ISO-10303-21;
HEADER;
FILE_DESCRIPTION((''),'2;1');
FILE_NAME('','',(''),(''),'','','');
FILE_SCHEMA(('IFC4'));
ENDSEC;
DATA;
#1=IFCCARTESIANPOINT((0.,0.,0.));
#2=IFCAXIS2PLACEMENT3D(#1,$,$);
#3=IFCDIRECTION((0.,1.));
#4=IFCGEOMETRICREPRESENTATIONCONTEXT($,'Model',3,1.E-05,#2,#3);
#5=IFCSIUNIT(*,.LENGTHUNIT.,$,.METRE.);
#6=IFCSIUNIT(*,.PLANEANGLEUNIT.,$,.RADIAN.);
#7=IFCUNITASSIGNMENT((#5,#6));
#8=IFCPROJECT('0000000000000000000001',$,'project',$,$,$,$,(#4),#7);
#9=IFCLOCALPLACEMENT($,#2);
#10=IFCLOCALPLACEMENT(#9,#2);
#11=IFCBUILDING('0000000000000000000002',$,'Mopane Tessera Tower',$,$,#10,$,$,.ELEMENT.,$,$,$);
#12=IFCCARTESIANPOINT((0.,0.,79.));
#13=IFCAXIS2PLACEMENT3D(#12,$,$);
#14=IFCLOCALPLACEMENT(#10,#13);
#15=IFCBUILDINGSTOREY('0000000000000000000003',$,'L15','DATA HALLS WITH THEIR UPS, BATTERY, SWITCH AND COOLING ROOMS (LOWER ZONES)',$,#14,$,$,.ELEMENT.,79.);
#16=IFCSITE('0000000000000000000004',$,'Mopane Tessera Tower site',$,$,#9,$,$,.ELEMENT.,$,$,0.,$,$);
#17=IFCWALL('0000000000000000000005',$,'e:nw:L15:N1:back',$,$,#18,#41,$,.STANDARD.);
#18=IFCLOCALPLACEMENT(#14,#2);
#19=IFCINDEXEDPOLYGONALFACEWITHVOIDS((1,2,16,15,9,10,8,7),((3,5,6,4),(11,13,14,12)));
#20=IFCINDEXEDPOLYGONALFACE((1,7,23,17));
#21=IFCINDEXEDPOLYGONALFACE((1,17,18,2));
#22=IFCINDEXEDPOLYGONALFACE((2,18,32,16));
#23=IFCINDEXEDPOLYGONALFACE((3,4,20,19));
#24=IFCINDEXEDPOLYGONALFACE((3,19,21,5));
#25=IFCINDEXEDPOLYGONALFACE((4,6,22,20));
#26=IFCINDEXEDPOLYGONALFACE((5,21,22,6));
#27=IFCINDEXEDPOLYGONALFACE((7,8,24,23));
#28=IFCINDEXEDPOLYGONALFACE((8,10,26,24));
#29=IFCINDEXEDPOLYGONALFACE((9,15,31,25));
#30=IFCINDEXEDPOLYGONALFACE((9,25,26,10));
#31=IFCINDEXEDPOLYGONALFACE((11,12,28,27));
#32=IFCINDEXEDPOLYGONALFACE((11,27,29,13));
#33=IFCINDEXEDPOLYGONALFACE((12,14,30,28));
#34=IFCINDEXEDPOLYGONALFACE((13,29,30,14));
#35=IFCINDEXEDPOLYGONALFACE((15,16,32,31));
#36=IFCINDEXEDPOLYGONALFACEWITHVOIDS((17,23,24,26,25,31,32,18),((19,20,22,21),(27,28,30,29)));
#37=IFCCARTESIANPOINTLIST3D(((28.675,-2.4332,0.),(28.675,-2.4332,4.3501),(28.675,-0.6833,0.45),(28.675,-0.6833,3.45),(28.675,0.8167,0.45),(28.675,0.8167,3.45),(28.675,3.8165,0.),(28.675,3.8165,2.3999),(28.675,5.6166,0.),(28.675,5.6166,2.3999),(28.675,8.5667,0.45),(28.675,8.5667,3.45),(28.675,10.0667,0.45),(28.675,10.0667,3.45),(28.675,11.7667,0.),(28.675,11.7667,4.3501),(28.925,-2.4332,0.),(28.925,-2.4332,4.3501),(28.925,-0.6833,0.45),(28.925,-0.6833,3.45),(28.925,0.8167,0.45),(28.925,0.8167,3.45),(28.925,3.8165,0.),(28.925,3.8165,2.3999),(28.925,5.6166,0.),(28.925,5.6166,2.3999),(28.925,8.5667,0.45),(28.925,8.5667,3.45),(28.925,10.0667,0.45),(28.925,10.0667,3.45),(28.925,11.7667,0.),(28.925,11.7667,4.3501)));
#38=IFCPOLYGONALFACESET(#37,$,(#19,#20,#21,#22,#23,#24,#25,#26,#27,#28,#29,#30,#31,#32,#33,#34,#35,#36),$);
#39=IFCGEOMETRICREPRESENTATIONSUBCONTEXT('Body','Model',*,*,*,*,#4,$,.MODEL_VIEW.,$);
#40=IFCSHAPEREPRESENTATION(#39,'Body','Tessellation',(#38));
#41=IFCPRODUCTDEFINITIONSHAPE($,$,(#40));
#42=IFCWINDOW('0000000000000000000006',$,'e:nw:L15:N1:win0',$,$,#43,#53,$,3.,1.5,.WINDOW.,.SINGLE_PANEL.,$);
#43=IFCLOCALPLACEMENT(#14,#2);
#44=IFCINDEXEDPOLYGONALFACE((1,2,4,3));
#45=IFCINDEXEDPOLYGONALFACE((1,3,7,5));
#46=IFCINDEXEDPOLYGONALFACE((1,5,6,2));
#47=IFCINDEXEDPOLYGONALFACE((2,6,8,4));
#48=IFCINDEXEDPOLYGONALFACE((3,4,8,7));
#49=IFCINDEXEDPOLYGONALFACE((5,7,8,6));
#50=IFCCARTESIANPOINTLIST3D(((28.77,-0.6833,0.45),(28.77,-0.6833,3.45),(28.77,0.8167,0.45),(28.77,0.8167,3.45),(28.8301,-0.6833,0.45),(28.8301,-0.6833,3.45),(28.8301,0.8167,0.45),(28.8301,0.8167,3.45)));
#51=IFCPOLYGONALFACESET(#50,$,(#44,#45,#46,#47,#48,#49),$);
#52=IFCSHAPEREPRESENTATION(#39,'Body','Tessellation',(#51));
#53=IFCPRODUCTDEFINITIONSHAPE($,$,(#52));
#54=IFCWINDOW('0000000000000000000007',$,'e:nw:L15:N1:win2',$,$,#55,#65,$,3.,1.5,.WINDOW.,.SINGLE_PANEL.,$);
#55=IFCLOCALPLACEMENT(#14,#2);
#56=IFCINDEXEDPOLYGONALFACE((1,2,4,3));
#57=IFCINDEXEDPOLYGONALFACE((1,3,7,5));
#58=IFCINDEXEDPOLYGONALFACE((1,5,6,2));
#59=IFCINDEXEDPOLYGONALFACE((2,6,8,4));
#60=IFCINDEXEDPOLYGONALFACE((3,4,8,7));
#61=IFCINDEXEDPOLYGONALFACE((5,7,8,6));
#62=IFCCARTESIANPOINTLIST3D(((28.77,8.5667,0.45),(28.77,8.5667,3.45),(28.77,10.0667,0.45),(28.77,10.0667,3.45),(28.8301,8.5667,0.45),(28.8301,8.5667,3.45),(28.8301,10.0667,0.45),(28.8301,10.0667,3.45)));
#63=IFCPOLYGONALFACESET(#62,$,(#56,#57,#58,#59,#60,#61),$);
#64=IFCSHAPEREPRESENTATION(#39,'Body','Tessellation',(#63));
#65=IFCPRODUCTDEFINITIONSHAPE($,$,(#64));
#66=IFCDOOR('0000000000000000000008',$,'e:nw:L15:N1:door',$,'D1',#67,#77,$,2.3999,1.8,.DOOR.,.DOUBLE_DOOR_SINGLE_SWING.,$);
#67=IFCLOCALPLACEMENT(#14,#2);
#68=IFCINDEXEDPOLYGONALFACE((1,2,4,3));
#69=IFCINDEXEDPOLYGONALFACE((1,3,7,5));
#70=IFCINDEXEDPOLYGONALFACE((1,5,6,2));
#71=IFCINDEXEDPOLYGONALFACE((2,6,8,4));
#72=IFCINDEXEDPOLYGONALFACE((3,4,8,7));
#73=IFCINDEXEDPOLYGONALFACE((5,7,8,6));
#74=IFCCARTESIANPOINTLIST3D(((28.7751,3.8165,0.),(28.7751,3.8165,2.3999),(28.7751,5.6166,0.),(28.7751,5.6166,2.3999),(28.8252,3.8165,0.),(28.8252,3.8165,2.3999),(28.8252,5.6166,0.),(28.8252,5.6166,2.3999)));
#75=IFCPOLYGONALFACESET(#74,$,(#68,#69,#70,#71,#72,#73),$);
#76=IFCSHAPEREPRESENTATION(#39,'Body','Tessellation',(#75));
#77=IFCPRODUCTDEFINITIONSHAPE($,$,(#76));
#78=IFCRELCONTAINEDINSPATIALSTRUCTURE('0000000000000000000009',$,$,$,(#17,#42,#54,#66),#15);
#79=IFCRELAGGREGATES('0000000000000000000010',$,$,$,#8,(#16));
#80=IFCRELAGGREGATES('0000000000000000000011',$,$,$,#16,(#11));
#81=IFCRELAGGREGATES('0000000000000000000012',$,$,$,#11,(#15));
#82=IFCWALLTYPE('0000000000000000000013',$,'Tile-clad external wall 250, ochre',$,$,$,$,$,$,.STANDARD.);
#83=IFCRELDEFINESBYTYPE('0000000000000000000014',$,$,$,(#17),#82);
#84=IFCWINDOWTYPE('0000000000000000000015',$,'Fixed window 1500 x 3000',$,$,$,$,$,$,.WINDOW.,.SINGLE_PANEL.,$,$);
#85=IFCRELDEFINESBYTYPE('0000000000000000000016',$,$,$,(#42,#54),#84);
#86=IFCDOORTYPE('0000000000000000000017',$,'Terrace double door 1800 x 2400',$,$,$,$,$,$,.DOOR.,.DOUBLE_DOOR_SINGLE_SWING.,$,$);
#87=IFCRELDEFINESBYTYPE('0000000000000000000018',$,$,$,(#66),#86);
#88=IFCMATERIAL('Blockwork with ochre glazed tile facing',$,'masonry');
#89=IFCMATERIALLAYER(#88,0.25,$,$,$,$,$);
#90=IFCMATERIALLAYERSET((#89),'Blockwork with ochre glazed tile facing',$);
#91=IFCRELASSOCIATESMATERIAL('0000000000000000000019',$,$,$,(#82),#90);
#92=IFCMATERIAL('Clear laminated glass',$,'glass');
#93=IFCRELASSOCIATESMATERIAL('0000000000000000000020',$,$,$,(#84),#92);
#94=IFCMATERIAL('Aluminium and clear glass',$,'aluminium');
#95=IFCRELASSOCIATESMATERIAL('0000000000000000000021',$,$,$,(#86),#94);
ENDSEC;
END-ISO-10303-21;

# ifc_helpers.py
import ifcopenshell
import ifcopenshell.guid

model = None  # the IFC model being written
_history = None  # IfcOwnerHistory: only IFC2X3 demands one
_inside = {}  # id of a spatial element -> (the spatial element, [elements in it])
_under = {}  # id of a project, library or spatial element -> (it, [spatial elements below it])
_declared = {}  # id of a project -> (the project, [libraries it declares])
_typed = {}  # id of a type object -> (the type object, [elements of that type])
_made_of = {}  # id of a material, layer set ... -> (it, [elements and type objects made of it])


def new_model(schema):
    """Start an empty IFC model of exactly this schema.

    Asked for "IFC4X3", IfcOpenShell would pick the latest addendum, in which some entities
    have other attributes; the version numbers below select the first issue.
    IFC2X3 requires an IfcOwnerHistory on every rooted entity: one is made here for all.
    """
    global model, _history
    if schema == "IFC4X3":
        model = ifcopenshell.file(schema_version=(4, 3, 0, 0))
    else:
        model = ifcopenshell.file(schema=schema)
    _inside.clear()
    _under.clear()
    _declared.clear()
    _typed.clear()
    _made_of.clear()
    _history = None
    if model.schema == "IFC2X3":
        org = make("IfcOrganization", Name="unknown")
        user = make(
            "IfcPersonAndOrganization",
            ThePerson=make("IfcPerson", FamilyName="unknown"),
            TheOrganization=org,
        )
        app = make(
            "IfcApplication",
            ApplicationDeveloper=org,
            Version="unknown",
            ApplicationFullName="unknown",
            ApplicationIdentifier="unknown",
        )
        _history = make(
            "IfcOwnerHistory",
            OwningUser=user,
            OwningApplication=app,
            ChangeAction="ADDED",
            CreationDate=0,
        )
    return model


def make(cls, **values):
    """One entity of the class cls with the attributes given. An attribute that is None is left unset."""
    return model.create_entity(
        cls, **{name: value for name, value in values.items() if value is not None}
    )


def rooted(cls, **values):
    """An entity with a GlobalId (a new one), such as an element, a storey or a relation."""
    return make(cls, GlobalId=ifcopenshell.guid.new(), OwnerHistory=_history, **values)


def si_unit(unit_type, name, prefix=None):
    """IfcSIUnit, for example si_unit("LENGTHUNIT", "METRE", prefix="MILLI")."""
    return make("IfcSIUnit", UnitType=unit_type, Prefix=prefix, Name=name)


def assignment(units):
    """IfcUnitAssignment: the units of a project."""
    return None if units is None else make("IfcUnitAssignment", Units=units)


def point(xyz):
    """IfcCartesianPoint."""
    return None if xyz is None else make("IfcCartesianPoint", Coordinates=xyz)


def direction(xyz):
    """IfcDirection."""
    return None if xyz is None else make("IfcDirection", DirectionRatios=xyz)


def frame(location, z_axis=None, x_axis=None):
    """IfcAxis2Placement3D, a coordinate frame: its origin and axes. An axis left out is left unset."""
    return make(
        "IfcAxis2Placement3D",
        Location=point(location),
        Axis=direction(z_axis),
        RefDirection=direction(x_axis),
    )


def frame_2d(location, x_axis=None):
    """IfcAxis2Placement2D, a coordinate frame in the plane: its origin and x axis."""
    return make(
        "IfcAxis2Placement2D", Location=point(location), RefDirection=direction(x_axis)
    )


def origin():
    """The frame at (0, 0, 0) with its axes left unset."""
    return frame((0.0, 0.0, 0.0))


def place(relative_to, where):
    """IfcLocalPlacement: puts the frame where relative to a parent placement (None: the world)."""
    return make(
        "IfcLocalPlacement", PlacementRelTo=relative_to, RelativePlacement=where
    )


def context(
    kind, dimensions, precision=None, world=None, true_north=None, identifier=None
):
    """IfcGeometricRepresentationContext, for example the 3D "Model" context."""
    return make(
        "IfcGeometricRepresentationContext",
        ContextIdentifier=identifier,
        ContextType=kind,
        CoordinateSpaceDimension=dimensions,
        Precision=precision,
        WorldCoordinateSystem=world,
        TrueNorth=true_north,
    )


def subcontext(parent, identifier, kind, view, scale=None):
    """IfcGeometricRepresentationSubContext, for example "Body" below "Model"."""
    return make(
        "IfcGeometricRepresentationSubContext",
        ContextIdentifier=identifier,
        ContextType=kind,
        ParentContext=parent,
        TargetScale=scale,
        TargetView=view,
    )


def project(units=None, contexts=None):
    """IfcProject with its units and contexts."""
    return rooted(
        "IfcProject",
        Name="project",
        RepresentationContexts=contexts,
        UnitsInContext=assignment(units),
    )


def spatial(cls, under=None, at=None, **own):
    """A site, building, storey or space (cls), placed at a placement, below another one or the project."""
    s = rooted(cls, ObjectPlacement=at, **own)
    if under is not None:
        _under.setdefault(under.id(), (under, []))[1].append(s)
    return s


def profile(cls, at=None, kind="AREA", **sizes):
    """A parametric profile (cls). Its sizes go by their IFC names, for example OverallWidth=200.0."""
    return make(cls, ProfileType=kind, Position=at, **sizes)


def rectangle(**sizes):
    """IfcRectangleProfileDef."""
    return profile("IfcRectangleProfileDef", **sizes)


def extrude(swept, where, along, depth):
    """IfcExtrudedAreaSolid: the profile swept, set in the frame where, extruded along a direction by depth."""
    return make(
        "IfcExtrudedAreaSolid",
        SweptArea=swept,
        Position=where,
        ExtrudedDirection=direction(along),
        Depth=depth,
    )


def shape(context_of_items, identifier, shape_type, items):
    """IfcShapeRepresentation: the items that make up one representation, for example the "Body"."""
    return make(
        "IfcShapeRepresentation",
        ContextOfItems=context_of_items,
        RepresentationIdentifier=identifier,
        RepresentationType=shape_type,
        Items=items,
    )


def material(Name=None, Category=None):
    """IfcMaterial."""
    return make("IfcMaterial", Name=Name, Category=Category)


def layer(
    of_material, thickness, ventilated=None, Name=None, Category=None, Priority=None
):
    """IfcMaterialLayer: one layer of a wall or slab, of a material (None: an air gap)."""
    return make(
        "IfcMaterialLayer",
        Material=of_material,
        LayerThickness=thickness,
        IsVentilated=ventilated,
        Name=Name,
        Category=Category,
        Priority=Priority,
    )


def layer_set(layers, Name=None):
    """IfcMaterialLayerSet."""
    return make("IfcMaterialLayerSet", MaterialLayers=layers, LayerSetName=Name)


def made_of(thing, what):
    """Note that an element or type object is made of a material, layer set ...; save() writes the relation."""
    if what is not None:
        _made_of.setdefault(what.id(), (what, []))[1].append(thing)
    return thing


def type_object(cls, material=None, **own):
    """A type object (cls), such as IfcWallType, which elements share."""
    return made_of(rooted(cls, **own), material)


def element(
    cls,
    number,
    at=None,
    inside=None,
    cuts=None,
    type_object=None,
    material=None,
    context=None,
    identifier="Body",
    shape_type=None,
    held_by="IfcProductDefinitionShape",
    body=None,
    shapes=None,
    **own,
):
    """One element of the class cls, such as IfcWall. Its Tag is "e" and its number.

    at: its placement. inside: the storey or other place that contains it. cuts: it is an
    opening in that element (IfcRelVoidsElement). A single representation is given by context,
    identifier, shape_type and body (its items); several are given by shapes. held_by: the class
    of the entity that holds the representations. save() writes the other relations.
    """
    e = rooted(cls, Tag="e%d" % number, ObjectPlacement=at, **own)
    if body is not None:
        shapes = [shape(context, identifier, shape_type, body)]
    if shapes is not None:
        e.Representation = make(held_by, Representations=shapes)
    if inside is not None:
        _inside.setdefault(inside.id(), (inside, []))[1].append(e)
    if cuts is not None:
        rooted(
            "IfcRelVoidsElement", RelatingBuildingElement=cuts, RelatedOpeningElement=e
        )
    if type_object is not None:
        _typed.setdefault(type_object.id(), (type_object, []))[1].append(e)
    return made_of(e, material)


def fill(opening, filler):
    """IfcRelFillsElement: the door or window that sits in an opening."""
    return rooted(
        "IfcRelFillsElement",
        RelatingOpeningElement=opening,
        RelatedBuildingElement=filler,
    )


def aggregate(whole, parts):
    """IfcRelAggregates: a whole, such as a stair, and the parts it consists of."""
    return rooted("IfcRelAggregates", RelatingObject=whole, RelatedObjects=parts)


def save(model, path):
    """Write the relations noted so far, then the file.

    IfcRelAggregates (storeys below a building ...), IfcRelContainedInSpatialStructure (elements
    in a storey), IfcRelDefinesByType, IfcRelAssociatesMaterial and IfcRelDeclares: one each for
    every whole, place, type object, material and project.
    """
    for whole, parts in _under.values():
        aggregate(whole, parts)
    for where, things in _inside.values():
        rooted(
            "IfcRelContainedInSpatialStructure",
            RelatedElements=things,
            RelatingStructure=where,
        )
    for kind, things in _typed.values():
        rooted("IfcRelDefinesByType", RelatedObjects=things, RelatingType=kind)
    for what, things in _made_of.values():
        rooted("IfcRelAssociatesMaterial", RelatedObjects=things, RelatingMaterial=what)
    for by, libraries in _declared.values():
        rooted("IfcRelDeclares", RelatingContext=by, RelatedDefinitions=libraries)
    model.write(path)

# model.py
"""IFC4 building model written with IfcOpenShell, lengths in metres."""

from ifc_helpers import new_model, si_unit, direction, frame, frame_2d, origin, place, context, subcontext, project, spatial, rectangle, extrude, material, layer, layer_set, type_object, element, fill, save


model = new_model("IFC4")

# Units and contexts
model_context = context("Model", 3, precision=1e-05, world=origin(), true_north=direction((0.0, 1.0)))
body_context = subcontext(model_context, "Body", "Model", "MODEL_VIEW")
ifc_project = project(units=[si_unit("LENGTHUNIT", "METRE"), si_unit("PLANEANGLEUNIT", "RADIAN")], contexts=[model_context])

# Site, building, storey
site_placement = place(None, origin())
site = spatial("IfcSite", under=ifc_project, at=site_placement, Name="Mopane Tessera Tower site", CompositionType="ELEMENT", RefElevation=0.0)
building_placement = place(site_placement, origin())
building = spatial("IfcBuilding", under=site, at=building_placement, Name="Mopane Tessera Tower", CompositionType="ELEMENT")
storey_placement = place(building_placement, frame((0.0, 0.0, 79.0)))
storey = spatial("IfcBuildingStorey", under=building, at=storey_placement, Name="L15", Description="DATA HALLS WITH THEIR UPS, BATTERY, SWITCH AND COOLING ROOMS (LOWER ZONES)", CompositionType="ELEMENT", Elevation=79.0)

# Wall, openings, windows, door
ifc_material_1 = material(Name="Blockwork with ochre glazed tile facing", Category="masonry")
ifc_layer_1 = layer(ifc_material_1, 0.25)
ifc_layer_set_1 = layer_set([ifc_layer_1], Name="Blockwork with ochre glazed tile facing")
wall_type_1 = type_object("IfcWallType", Name="Tile-clad external wall 250, ochre", PredefinedType="STANDARD", material=ifc_layer_set_1)
wall_1_placement = place(storey_placement, frame((28.8, -2.4333, 0.0), z_axis=(0.0, 0.0, 1.0), x_axis=(0.0, 1.0, 0.0)))
wall_1 = element("IfcWall", 1, at=wall_1_placement, inside=storey, type_object=wall_type_1, Name="e:nw:L15:N1:back", PredefinedType="STANDARD", context=body_context, shape_type="SweptSolid", body=[
    extrude(rectangle(XDim=14.2, YDim=0.25, at=frame_2d((7.1001, 0.0))), origin(), (0.0, 0.0, 1.0), 4.3501),
])
opening_1_placement = place(wall_1_placement, frame((1.75, 0.0, 0.45)))
opening_1 = element("IfcOpeningElement", 2, at=opening_1_placement, cuts=wall_1, PredefinedType="OPENING", context=body_context, shape_type="SweptSolid", body=[
    extrude(rectangle(XDim=1.5, YDim=3.0, at=frame_2d((0.75, 1.5))), frame((0.0, 0.137, 0.0), z_axis=(0.0, -1.0, 0.0), x_axis=(1.0, 0.0, 0.0)), (0.0, 0.0, 1.0), 0.2739),
])
opening_2_placement = place(wall_1_placement, frame((6.25, 0.0, 0.0)))
opening_2 = element("IfcOpeningElement", 3, at=opening_2_placement, cuts=wall_1, PredefinedType="OPENING", context=body_context, shape_type="SweptSolid", body=[
    extrude(rectangle(XDim=1.8, YDim=2.3999, at=frame_2d((0.8999, 1.2))), frame((0.0, 0.137, 0.0), z_axis=(0.0, -1.0, 0.0), x_axis=(1.0, 0.0, 0.0)), (0.0, 0.0, 1.0), 0.2739),
])
opening_3_placement = place(wall_1_placement, frame((11.0, 0.0, 0.45)))
opening_3 = element("IfcOpeningElement", 4, at=opening_3_placement, cuts=wall_1, PredefinedType="OPENING", context=body_context, shape_type="SweptSolid", body=[
    extrude(rectangle(XDim=1.5, YDim=3.0, at=frame_2d((0.75, 1.5))), frame((0.0, 0.137, 0.0), z_axis=(0.0, -1.0, 0.0), x_axis=(1.0, 0.0, 0.0)), (0.0, 0.0, 1.0), 0.2739),
])
ifc_material_2 = material(Name="Clear laminated glass", Category="glass")
window_type = type_object("IfcWindowType", Name="Fixed window 1500 x 3000", PartitioningType="SINGLE_PANEL", PredefinedType="WINDOW", material=ifc_material_2)
window_1_placement = place(opening_1_placement, origin())
window_1 = element("IfcWindow", 5, at=window_1_placement, inside=storey, type_object=window_type, Name="e:nw:L15:N1:win0", OverallHeight=3.0, OverallWidth=1.5, PartitioningType="SINGLE_PANEL", PredefinedType="WINDOW", context=body_context, shape_type="SweptSolid", body=[
    extrude(rectangle(XDim=1.5, YDim=3.0, at=frame_2d((0.75, 1.5))), frame((0.0, 0.03, 0.0), z_axis=(0.0, -1.0, 0.0), x_axis=(1.0, 0.0, 0.0)), (0.0, 0.0, 1.0), 0.0601),
])
fill(opening_1, window_1)
window_2_placement = place(opening_3_placement, origin())
window_2 = element("IfcWindow", 6, at=window_2_placement, inside=storey, type_object=window_type, Name="e:nw:L15:N1:win2", OverallHeight=3.0, OverallWidth=1.5, PartitioningType="SINGLE_PANEL", PredefinedType="WINDOW", context=body_context, shape_type="SweptSolid", body=[
    extrude(rectangle(XDim=1.5, YDim=3.0, at=frame_2d((0.75, 1.5))), frame((0.0, 0.03, 0.0), z_axis=(0.0, -1.0, 0.0), x_axis=(1.0, 0.0, 0.0)), (0.0, 0.0, 1.0), 0.0601),
])
fill(opening_3, window_2)
ifc_material_3 = material(Name="Aluminium and clear glass", Category="aluminium")
door_type_1 = type_object("IfcDoorType", Name="Terrace double door 1800 x 2400", OperationType="DOUBLE_DOOR_SINGLE_SWING", PredefinedType="DOOR", material=ifc_material_3)
door_1_placement = place(opening_2_placement, origin())
door_1 = element("IfcDoor", 7, at=door_1_placement, inside=storey, type_object=door_type_1, Name="e:nw:L15:N1:door", ObjectType="D1", OperationType="DOUBLE_DOOR_SINGLE_SWING", OverallHeight=2.3999, OverallWidth=1.8, PredefinedType="DOOR", context=body_context, shape_type="SweptSolid", body=[
    extrude(rectangle(XDim=1.8, YDim=2.3999, at=frame_2d((0.8999, 1.2))), frame((0.0, 0.0249, 0.0), z_axis=(0.0, -1.0, 0.0), x_axis=(1.0, 0.0, 0.0)), (0.0, 0.0, 1.0), 0.05),
])
fill(opening_2, door_1)

save(model, "model.ifc")
